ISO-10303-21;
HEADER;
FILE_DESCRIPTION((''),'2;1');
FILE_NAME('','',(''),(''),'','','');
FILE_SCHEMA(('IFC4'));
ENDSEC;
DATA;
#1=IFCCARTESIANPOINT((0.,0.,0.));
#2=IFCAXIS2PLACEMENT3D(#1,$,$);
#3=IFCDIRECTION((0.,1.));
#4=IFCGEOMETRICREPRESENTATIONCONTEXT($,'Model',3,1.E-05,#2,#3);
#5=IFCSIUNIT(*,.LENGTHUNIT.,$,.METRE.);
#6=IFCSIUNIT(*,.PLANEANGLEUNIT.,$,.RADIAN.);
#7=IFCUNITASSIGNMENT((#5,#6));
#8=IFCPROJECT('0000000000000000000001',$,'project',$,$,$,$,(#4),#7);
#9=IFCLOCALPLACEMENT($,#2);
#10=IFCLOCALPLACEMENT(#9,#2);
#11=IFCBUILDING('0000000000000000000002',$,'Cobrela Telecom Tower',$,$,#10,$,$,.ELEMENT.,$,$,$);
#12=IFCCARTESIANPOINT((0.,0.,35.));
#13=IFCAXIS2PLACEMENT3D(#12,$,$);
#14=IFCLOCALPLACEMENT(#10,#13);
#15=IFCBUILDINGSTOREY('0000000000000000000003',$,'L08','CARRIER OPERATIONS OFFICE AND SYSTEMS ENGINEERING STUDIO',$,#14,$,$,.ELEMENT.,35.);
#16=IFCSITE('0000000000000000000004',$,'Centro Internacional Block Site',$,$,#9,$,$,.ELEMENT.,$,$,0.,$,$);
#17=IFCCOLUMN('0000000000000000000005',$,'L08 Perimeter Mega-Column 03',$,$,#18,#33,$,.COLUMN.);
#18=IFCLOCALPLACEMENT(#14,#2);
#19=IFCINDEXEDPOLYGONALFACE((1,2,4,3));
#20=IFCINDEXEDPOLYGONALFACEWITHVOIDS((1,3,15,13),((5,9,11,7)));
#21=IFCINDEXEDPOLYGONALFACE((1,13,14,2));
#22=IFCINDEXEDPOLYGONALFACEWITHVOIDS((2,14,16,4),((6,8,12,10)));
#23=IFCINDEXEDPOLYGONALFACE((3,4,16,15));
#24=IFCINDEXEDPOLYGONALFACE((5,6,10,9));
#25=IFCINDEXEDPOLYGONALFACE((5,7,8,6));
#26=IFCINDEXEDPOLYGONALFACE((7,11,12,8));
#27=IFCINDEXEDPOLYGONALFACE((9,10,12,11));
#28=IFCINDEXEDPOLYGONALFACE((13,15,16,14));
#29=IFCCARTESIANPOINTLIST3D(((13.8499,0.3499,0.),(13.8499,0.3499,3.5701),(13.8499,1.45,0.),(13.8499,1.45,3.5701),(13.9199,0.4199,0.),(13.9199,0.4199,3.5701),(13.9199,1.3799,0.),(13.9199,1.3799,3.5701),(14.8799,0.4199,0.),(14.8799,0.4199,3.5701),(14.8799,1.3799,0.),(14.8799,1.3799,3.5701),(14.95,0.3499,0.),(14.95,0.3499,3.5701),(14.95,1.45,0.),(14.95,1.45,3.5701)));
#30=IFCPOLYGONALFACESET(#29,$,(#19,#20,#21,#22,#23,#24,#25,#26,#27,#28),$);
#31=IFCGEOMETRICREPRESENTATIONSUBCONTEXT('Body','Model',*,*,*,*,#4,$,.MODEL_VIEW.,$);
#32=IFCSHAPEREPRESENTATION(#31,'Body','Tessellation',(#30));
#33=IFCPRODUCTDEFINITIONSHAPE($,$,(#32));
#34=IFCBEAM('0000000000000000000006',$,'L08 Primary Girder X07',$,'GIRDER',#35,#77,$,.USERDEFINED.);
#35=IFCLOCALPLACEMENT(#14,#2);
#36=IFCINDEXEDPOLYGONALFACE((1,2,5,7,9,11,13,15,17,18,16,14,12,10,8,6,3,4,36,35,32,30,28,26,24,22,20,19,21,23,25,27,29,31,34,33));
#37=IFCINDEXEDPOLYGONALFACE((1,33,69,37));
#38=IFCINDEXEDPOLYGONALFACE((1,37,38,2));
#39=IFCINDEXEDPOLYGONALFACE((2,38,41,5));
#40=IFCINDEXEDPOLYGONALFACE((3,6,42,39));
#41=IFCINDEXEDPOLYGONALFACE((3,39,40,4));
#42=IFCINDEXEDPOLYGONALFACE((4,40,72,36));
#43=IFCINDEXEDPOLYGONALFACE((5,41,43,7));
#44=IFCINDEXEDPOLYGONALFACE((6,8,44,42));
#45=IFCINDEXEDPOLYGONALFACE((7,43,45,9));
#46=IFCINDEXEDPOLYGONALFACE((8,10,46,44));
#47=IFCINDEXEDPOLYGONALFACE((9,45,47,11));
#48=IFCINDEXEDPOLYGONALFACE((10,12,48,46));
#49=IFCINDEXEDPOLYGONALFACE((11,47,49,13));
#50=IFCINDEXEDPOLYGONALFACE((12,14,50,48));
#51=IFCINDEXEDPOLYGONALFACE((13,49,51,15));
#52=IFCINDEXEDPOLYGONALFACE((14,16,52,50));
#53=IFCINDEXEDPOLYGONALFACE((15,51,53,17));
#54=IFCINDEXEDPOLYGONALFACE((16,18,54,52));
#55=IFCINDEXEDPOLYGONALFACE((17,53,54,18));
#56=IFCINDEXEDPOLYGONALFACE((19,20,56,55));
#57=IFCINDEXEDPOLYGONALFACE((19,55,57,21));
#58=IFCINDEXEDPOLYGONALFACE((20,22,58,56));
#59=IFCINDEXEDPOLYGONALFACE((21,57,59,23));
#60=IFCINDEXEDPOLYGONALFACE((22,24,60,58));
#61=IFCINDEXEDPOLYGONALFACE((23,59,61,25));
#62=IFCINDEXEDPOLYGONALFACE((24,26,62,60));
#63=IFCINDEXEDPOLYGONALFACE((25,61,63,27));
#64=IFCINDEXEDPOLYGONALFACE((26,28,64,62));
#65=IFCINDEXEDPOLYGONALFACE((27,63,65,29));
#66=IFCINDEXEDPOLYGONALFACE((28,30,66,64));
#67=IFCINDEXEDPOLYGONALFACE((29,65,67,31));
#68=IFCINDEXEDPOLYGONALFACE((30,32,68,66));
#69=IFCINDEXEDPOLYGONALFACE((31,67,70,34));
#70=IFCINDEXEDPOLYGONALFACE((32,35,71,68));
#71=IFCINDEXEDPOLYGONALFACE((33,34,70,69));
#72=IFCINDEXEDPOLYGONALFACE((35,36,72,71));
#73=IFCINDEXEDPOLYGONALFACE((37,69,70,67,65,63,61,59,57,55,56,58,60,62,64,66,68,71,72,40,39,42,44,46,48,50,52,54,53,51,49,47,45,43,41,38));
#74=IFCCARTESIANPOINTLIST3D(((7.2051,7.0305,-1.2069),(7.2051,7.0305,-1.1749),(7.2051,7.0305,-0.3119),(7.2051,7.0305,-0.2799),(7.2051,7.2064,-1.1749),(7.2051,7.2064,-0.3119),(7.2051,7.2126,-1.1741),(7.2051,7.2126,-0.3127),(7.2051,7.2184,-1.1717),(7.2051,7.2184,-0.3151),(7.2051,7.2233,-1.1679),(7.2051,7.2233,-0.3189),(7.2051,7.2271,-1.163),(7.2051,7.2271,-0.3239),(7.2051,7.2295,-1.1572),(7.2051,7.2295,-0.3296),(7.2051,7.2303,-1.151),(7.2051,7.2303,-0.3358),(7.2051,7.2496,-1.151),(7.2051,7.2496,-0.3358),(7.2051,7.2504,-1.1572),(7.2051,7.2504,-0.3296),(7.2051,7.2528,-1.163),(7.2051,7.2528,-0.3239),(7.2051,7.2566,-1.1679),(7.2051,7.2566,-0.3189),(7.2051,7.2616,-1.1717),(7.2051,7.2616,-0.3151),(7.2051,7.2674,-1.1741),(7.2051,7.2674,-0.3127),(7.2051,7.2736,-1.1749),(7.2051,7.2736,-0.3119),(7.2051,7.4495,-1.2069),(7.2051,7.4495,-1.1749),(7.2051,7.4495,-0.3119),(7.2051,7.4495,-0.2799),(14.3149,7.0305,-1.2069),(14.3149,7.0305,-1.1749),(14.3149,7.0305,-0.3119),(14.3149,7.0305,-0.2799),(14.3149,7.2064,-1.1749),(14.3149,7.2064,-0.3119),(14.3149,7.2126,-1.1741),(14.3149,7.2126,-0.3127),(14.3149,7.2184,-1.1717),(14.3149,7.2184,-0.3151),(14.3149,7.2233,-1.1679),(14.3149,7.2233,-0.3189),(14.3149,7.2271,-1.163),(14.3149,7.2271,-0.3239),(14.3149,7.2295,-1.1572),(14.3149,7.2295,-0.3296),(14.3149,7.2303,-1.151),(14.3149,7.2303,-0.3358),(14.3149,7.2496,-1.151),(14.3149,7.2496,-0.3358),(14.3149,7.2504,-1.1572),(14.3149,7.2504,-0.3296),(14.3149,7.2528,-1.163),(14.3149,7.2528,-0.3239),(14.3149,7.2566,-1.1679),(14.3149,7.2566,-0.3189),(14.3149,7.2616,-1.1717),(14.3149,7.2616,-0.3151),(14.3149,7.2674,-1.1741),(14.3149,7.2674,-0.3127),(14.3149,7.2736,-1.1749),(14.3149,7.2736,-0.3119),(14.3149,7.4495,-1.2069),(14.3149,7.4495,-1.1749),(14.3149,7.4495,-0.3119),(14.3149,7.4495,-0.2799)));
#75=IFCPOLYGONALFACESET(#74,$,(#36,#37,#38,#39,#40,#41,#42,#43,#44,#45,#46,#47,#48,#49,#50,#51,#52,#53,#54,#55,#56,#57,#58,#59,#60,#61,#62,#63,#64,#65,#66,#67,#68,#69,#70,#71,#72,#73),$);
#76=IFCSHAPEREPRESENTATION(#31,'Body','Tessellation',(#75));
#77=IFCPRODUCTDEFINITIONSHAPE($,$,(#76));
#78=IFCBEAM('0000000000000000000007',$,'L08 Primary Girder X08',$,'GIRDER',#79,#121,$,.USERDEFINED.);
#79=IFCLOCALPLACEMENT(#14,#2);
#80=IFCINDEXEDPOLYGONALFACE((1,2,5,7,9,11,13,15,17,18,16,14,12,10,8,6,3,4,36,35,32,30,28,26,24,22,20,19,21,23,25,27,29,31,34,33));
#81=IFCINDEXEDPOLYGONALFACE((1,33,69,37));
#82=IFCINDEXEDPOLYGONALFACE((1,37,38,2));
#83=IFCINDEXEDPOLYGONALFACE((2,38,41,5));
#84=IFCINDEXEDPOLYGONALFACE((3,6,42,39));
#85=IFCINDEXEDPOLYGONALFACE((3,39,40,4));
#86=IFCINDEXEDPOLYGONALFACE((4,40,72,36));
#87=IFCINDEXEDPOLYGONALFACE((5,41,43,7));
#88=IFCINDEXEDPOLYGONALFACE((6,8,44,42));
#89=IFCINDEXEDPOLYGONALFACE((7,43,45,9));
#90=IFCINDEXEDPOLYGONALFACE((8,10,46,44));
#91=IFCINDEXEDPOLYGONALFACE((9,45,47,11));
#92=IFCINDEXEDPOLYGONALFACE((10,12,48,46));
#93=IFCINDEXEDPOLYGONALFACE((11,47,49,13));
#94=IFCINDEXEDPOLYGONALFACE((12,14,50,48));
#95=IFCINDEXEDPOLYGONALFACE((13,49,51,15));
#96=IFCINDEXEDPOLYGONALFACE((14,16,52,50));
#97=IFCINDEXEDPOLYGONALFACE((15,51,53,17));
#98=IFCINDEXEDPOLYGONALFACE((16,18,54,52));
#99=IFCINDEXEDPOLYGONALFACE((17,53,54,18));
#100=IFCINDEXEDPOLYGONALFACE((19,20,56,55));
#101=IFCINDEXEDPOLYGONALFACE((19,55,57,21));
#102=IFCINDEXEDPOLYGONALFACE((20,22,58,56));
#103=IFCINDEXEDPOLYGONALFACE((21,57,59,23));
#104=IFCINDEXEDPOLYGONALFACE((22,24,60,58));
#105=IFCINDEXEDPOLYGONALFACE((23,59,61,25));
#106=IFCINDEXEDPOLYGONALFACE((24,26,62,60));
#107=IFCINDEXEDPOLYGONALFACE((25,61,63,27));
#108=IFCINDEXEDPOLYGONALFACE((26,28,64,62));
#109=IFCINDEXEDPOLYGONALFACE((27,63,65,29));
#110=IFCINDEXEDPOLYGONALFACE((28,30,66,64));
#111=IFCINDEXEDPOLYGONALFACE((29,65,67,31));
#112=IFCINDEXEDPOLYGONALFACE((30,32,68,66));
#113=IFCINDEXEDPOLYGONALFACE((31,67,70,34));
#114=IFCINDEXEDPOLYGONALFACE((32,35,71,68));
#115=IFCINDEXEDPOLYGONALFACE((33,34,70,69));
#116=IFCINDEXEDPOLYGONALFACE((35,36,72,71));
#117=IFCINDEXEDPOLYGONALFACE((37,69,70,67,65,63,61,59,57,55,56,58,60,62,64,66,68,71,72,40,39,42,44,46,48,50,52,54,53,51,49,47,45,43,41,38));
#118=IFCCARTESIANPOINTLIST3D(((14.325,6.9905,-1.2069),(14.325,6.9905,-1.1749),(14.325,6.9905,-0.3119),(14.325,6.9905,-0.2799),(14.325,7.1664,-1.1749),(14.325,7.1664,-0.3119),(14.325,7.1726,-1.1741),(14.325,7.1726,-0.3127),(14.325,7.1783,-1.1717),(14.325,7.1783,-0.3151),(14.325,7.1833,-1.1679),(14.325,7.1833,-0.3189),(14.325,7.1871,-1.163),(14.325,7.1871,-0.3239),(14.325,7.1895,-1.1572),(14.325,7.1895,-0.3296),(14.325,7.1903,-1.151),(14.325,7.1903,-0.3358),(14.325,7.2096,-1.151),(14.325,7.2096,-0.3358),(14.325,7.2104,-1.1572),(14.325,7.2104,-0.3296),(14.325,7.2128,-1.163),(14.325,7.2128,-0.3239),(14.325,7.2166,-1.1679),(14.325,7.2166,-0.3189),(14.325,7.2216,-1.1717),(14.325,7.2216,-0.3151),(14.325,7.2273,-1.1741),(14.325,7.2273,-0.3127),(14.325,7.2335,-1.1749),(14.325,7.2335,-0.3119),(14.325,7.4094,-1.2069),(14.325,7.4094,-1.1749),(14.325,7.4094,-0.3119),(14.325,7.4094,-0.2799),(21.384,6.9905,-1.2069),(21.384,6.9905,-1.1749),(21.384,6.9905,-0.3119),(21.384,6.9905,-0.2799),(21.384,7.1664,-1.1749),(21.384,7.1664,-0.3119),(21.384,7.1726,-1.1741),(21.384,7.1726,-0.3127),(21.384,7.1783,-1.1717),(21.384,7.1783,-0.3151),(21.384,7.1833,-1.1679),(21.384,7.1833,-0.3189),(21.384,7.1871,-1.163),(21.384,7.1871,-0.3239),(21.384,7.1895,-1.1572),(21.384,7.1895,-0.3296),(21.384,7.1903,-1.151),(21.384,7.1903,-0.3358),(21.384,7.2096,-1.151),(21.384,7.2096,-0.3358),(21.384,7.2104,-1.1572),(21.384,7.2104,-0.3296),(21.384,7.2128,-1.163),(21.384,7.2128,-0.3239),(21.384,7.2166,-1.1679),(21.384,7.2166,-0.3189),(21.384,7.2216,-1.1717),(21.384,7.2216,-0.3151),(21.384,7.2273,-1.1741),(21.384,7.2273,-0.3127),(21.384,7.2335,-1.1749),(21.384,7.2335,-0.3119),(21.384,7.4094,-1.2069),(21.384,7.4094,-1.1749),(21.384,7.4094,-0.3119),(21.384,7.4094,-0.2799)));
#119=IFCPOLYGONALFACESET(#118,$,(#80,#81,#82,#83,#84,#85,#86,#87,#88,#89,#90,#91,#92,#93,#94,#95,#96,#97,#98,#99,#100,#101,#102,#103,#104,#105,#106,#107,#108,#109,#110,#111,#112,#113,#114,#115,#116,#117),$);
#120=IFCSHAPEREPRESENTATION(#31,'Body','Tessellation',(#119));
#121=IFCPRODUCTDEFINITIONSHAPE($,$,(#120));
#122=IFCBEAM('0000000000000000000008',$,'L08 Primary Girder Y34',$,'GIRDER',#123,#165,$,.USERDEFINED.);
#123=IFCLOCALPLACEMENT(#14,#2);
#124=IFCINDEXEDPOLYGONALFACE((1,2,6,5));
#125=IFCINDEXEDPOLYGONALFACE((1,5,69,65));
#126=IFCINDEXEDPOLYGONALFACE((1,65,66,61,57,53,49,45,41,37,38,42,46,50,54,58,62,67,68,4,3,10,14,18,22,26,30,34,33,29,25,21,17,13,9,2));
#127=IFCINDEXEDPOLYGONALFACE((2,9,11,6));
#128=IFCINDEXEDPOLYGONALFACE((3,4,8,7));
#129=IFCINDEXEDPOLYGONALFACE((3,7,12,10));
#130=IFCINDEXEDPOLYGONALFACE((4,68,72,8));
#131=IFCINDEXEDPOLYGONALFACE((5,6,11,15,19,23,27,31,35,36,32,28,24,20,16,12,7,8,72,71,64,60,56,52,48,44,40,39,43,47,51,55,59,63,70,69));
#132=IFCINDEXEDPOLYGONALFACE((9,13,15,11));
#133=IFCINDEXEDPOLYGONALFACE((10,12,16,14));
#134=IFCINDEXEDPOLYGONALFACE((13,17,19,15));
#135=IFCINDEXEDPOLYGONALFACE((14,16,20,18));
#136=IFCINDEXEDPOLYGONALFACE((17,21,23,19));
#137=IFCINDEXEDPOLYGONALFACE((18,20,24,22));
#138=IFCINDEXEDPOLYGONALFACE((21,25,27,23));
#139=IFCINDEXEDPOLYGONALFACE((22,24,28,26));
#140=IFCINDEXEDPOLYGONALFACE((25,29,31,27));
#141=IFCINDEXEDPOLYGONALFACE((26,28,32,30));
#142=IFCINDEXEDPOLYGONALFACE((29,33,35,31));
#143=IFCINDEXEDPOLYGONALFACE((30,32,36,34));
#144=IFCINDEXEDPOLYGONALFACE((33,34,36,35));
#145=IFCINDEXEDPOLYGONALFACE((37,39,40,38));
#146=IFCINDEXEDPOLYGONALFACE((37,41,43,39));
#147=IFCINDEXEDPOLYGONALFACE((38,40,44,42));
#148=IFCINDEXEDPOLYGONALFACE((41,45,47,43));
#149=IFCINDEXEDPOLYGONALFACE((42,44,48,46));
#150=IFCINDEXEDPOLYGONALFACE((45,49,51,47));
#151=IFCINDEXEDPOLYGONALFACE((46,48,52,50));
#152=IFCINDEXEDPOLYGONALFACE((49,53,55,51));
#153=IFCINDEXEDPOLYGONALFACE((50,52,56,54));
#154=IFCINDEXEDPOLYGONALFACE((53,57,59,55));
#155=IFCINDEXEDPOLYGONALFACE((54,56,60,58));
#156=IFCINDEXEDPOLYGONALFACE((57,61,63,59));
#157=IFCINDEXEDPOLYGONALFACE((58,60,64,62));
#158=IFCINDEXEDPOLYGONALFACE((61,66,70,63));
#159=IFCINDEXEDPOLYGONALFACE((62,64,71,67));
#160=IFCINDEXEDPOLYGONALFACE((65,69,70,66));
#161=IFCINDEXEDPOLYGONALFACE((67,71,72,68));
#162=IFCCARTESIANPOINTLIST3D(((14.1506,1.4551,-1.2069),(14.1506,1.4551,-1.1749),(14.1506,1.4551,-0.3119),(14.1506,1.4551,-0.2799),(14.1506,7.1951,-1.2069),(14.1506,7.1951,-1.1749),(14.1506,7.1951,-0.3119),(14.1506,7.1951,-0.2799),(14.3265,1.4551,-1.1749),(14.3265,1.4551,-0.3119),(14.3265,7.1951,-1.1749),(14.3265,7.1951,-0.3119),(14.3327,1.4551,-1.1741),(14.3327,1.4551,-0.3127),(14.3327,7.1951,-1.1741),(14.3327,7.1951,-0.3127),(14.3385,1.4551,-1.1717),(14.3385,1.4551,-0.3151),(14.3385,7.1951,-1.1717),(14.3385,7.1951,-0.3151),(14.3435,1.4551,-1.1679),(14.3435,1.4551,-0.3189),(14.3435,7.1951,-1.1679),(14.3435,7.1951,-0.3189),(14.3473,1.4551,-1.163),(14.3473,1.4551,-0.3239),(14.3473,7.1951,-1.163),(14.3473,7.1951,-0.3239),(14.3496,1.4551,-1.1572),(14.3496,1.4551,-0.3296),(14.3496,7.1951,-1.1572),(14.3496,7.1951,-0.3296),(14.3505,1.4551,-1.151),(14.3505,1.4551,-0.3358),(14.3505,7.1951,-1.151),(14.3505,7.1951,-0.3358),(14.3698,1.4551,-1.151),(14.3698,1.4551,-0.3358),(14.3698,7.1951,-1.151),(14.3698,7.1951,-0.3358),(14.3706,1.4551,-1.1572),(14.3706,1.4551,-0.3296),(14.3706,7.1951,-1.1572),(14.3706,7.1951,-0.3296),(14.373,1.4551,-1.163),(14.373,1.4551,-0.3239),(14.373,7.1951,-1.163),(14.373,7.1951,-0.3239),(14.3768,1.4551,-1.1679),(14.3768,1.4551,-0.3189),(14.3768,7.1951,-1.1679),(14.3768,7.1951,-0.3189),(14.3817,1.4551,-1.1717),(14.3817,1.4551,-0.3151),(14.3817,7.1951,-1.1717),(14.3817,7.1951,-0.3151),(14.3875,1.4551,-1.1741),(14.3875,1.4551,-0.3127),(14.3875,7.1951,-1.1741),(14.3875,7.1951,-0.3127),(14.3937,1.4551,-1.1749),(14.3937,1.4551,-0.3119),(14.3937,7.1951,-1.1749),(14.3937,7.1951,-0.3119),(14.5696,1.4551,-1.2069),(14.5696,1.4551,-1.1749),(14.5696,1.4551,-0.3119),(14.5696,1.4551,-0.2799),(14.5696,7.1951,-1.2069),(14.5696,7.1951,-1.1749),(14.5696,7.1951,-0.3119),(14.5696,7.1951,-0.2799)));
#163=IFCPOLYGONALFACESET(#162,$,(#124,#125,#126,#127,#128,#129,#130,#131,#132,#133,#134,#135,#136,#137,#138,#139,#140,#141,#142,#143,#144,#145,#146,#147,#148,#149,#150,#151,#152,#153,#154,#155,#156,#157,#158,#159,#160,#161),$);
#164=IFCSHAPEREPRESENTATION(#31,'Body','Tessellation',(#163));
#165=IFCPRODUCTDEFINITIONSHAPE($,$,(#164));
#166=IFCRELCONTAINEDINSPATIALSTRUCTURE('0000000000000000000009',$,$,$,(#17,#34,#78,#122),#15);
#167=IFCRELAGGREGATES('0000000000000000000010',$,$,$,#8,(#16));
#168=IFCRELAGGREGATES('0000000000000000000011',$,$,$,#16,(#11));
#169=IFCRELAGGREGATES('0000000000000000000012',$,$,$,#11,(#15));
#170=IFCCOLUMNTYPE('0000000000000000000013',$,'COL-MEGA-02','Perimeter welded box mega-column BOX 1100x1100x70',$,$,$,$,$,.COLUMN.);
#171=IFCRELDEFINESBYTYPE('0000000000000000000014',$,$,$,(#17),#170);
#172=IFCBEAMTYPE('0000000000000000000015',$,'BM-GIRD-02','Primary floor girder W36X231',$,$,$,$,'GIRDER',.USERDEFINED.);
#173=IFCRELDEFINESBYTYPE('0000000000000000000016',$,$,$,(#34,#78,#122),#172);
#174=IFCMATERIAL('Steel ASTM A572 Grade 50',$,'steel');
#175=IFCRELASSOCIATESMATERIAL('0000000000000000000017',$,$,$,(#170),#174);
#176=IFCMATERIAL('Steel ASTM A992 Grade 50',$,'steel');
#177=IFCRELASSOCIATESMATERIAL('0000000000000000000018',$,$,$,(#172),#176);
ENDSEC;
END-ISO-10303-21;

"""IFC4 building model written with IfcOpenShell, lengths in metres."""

from ifc_helpers import new_model, si_unit, direction, frame, origin, origin_2d, place, context, subcontext, project, spatial, hollow_rectangle, i_section, extrude, material, material_profile, profile_set, type_object, element, save


model = new_model("IFC4")

# Units and contexts
model_context = context("Model", 3, precision=1e-05, world=origin(), true_north=direction((0.0, 1.0)))
body_context = subcontext(model_context, "Body", "Model", "MODEL_VIEW")
ifc_project = project(units=[si_unit("LENGTHUNIT", "METRE"), si_unit("PLANEANGLEUNIT", "RADIAN")], contexts=[model_context])

# Site, building, storey
site_placement = place(None, origin())
site = spatial("IfcSite", under=ifc_project, at=site_placement, Name="Centro Internacional Block Site", CompositionType="ELEMENT", RefElevation=0.0)
building_placement = place(site_placement, origin())
building = spatial("IfcBuilding", under=site, at=building_placement, Name="Cobrela Telecom Tower", CompositionType="ELEMENT")
storey_placement = place(building_placement, frame((0.0, 0.0, 35.0)))
storey = spatial("IfcBuildingStorey", under=building, at=storey_placement, Name="L08", Description="CARRIER OPERATIONS OFFICE AND SYSTEMS ENGINEERING STUDIO", CompositionType="ELEMENT", Elevation=35.0)

# Column
ifc_material_1 = material(Name="Steel ASTM A572 Grade 50", Category="steel")
ifc_material_profile_1 = material_profile(ifc_material_1, hollow_rectangle(XDim=1.1001, YDim=1.1001, WallThickness=0.0701, at=origin_2d()), Name="BOX 1100x1100x70")
ifc_profile_set_1 = profile_set([ifc_material_profile_1], Name="Steel ASTM A572 Grade 50")
column_type = type_object("IfcColumnType", Name="COL-MEGA-02", Description="Perimeter welded box mega-column BOX 1100x1100x70", PredefinedType="COLUMN", material=ifc_profile_set_1)
column_placement = place(storey_placement, frame((14.3999, 0.8999, 0.0), z_axis=(0.0, 0.0, 1.0), x_axis=(1.0, 0.0, 0.0)))
element("IfcColumn", 1, at=column_placement, inside=storey, type_object=column_type, Name="L08 Perimeter Mega-Column 03", PredefinedType="COLUMN", context=body_context, shape_type="SweptSolid", body=[
    extrude(hollow_rectangle(XDim=1.1001, YDim=1.1001, WallThickness=0.0701, at=origin_2d()), origin(), (0.0, 0.0, 1.0), 3.5701),
])

# Beams
ifc_material_2 = material(Name="Steel ASTM A992 Grade 50", Category="steel")
ifc_material_profile_2 = material_profile(ifc_material_2, i_section(OverallWidth=0.4189, OverallDepth=0.927, WebThickness=0.0193, FlangeThickness=0.032, FilletRadius=0.0239, at=origin_2d()), Name="W36X231")
ifc_profile_set_2 = profile_set([ifc_material_profile_2], Name="Steel ASTM A992 Grade 50")
beam_type_1 = type_object("IfcBeamType", Name="BM-GIRD-02", Description="Primary floor girder W36X231", ElementType="GIRDER", PredefinedType="USERDEFINED", material=ifc_profile_set_2)
beam_1_placement = place(storey_placement, frame((7.2051, 7.24, -0.7434), z_axis=(1.0, 0.0, 0.0), x_axis=(0.0, 1.0, 0.0)))
element("IfcBeam", 2, at=beam_1_placement, inside=storey, type_object=beam_type_1, Name="L08 Primary Girder X07", ObjectType="GIRDER", PredefinedType="USERDEFINED", context=body_context, shape_type="SweptSolid", body=[
    extrude(i_section(OverallWidth=0.4189, OverallDepth=0.927, WebThickness=0.0193, FlangeThickness=0.032, FilletRadius=0.0239, at=origin_2d()), origin(), (0.0, 0.0, 1.0), 7.1099),
])
beam_2_placement = place(storey_placement, frame((14.325, 7.2, -0.7434), z_axis=(1.0, 0.0, 0.0), x_axis=(0.0, 1.0, 0.0)))
element("IfcBeam", 3, at=beam_2_placement, inside=storey, type_object=beam_type_1, Name="L08 Primary Girder X08", ObjectType="GIRDER", PredefinedType="USERDEFINED", context=body_context, shape_type="SweptSolid", body=[
    extrude(i_section(OverallWidth=0.4189, OverallDepth=0.927, WebThickness=0.0193, FlangeThickness=0.032, FilletRadius=0.0239, at=origin_2d()), origin(), (0.0, 0.0, 1.0), 7.0591),
])
beam_3_placement = place(storey_placement, frame((14.3601, 1.4551, -0.7434), z_axis=(0.0, 1.0, 0.0), x_axis=(-1.0, 0.0, 0.0)))
element("IfcBeam", 4, at=beam_3_placement, inside=storey, type_object=beam_type_1, Name="L08 Primary Girder Y34", ObjectType="GIRDER", PredefinedType="USERDEFINED", context=body_context, shape_type="SweptSolid", body=[
    extrude(i_section(OverallWidth=0.4189, OverallDepth=0.927, WebThickness=0.0193, FlangeThickness=0.032, FilletRadius=0.0239, at=origin_2d()), origin(), (0.0, 0.0, 1.0), 5.74),
])

save(model, "model.ifc")
